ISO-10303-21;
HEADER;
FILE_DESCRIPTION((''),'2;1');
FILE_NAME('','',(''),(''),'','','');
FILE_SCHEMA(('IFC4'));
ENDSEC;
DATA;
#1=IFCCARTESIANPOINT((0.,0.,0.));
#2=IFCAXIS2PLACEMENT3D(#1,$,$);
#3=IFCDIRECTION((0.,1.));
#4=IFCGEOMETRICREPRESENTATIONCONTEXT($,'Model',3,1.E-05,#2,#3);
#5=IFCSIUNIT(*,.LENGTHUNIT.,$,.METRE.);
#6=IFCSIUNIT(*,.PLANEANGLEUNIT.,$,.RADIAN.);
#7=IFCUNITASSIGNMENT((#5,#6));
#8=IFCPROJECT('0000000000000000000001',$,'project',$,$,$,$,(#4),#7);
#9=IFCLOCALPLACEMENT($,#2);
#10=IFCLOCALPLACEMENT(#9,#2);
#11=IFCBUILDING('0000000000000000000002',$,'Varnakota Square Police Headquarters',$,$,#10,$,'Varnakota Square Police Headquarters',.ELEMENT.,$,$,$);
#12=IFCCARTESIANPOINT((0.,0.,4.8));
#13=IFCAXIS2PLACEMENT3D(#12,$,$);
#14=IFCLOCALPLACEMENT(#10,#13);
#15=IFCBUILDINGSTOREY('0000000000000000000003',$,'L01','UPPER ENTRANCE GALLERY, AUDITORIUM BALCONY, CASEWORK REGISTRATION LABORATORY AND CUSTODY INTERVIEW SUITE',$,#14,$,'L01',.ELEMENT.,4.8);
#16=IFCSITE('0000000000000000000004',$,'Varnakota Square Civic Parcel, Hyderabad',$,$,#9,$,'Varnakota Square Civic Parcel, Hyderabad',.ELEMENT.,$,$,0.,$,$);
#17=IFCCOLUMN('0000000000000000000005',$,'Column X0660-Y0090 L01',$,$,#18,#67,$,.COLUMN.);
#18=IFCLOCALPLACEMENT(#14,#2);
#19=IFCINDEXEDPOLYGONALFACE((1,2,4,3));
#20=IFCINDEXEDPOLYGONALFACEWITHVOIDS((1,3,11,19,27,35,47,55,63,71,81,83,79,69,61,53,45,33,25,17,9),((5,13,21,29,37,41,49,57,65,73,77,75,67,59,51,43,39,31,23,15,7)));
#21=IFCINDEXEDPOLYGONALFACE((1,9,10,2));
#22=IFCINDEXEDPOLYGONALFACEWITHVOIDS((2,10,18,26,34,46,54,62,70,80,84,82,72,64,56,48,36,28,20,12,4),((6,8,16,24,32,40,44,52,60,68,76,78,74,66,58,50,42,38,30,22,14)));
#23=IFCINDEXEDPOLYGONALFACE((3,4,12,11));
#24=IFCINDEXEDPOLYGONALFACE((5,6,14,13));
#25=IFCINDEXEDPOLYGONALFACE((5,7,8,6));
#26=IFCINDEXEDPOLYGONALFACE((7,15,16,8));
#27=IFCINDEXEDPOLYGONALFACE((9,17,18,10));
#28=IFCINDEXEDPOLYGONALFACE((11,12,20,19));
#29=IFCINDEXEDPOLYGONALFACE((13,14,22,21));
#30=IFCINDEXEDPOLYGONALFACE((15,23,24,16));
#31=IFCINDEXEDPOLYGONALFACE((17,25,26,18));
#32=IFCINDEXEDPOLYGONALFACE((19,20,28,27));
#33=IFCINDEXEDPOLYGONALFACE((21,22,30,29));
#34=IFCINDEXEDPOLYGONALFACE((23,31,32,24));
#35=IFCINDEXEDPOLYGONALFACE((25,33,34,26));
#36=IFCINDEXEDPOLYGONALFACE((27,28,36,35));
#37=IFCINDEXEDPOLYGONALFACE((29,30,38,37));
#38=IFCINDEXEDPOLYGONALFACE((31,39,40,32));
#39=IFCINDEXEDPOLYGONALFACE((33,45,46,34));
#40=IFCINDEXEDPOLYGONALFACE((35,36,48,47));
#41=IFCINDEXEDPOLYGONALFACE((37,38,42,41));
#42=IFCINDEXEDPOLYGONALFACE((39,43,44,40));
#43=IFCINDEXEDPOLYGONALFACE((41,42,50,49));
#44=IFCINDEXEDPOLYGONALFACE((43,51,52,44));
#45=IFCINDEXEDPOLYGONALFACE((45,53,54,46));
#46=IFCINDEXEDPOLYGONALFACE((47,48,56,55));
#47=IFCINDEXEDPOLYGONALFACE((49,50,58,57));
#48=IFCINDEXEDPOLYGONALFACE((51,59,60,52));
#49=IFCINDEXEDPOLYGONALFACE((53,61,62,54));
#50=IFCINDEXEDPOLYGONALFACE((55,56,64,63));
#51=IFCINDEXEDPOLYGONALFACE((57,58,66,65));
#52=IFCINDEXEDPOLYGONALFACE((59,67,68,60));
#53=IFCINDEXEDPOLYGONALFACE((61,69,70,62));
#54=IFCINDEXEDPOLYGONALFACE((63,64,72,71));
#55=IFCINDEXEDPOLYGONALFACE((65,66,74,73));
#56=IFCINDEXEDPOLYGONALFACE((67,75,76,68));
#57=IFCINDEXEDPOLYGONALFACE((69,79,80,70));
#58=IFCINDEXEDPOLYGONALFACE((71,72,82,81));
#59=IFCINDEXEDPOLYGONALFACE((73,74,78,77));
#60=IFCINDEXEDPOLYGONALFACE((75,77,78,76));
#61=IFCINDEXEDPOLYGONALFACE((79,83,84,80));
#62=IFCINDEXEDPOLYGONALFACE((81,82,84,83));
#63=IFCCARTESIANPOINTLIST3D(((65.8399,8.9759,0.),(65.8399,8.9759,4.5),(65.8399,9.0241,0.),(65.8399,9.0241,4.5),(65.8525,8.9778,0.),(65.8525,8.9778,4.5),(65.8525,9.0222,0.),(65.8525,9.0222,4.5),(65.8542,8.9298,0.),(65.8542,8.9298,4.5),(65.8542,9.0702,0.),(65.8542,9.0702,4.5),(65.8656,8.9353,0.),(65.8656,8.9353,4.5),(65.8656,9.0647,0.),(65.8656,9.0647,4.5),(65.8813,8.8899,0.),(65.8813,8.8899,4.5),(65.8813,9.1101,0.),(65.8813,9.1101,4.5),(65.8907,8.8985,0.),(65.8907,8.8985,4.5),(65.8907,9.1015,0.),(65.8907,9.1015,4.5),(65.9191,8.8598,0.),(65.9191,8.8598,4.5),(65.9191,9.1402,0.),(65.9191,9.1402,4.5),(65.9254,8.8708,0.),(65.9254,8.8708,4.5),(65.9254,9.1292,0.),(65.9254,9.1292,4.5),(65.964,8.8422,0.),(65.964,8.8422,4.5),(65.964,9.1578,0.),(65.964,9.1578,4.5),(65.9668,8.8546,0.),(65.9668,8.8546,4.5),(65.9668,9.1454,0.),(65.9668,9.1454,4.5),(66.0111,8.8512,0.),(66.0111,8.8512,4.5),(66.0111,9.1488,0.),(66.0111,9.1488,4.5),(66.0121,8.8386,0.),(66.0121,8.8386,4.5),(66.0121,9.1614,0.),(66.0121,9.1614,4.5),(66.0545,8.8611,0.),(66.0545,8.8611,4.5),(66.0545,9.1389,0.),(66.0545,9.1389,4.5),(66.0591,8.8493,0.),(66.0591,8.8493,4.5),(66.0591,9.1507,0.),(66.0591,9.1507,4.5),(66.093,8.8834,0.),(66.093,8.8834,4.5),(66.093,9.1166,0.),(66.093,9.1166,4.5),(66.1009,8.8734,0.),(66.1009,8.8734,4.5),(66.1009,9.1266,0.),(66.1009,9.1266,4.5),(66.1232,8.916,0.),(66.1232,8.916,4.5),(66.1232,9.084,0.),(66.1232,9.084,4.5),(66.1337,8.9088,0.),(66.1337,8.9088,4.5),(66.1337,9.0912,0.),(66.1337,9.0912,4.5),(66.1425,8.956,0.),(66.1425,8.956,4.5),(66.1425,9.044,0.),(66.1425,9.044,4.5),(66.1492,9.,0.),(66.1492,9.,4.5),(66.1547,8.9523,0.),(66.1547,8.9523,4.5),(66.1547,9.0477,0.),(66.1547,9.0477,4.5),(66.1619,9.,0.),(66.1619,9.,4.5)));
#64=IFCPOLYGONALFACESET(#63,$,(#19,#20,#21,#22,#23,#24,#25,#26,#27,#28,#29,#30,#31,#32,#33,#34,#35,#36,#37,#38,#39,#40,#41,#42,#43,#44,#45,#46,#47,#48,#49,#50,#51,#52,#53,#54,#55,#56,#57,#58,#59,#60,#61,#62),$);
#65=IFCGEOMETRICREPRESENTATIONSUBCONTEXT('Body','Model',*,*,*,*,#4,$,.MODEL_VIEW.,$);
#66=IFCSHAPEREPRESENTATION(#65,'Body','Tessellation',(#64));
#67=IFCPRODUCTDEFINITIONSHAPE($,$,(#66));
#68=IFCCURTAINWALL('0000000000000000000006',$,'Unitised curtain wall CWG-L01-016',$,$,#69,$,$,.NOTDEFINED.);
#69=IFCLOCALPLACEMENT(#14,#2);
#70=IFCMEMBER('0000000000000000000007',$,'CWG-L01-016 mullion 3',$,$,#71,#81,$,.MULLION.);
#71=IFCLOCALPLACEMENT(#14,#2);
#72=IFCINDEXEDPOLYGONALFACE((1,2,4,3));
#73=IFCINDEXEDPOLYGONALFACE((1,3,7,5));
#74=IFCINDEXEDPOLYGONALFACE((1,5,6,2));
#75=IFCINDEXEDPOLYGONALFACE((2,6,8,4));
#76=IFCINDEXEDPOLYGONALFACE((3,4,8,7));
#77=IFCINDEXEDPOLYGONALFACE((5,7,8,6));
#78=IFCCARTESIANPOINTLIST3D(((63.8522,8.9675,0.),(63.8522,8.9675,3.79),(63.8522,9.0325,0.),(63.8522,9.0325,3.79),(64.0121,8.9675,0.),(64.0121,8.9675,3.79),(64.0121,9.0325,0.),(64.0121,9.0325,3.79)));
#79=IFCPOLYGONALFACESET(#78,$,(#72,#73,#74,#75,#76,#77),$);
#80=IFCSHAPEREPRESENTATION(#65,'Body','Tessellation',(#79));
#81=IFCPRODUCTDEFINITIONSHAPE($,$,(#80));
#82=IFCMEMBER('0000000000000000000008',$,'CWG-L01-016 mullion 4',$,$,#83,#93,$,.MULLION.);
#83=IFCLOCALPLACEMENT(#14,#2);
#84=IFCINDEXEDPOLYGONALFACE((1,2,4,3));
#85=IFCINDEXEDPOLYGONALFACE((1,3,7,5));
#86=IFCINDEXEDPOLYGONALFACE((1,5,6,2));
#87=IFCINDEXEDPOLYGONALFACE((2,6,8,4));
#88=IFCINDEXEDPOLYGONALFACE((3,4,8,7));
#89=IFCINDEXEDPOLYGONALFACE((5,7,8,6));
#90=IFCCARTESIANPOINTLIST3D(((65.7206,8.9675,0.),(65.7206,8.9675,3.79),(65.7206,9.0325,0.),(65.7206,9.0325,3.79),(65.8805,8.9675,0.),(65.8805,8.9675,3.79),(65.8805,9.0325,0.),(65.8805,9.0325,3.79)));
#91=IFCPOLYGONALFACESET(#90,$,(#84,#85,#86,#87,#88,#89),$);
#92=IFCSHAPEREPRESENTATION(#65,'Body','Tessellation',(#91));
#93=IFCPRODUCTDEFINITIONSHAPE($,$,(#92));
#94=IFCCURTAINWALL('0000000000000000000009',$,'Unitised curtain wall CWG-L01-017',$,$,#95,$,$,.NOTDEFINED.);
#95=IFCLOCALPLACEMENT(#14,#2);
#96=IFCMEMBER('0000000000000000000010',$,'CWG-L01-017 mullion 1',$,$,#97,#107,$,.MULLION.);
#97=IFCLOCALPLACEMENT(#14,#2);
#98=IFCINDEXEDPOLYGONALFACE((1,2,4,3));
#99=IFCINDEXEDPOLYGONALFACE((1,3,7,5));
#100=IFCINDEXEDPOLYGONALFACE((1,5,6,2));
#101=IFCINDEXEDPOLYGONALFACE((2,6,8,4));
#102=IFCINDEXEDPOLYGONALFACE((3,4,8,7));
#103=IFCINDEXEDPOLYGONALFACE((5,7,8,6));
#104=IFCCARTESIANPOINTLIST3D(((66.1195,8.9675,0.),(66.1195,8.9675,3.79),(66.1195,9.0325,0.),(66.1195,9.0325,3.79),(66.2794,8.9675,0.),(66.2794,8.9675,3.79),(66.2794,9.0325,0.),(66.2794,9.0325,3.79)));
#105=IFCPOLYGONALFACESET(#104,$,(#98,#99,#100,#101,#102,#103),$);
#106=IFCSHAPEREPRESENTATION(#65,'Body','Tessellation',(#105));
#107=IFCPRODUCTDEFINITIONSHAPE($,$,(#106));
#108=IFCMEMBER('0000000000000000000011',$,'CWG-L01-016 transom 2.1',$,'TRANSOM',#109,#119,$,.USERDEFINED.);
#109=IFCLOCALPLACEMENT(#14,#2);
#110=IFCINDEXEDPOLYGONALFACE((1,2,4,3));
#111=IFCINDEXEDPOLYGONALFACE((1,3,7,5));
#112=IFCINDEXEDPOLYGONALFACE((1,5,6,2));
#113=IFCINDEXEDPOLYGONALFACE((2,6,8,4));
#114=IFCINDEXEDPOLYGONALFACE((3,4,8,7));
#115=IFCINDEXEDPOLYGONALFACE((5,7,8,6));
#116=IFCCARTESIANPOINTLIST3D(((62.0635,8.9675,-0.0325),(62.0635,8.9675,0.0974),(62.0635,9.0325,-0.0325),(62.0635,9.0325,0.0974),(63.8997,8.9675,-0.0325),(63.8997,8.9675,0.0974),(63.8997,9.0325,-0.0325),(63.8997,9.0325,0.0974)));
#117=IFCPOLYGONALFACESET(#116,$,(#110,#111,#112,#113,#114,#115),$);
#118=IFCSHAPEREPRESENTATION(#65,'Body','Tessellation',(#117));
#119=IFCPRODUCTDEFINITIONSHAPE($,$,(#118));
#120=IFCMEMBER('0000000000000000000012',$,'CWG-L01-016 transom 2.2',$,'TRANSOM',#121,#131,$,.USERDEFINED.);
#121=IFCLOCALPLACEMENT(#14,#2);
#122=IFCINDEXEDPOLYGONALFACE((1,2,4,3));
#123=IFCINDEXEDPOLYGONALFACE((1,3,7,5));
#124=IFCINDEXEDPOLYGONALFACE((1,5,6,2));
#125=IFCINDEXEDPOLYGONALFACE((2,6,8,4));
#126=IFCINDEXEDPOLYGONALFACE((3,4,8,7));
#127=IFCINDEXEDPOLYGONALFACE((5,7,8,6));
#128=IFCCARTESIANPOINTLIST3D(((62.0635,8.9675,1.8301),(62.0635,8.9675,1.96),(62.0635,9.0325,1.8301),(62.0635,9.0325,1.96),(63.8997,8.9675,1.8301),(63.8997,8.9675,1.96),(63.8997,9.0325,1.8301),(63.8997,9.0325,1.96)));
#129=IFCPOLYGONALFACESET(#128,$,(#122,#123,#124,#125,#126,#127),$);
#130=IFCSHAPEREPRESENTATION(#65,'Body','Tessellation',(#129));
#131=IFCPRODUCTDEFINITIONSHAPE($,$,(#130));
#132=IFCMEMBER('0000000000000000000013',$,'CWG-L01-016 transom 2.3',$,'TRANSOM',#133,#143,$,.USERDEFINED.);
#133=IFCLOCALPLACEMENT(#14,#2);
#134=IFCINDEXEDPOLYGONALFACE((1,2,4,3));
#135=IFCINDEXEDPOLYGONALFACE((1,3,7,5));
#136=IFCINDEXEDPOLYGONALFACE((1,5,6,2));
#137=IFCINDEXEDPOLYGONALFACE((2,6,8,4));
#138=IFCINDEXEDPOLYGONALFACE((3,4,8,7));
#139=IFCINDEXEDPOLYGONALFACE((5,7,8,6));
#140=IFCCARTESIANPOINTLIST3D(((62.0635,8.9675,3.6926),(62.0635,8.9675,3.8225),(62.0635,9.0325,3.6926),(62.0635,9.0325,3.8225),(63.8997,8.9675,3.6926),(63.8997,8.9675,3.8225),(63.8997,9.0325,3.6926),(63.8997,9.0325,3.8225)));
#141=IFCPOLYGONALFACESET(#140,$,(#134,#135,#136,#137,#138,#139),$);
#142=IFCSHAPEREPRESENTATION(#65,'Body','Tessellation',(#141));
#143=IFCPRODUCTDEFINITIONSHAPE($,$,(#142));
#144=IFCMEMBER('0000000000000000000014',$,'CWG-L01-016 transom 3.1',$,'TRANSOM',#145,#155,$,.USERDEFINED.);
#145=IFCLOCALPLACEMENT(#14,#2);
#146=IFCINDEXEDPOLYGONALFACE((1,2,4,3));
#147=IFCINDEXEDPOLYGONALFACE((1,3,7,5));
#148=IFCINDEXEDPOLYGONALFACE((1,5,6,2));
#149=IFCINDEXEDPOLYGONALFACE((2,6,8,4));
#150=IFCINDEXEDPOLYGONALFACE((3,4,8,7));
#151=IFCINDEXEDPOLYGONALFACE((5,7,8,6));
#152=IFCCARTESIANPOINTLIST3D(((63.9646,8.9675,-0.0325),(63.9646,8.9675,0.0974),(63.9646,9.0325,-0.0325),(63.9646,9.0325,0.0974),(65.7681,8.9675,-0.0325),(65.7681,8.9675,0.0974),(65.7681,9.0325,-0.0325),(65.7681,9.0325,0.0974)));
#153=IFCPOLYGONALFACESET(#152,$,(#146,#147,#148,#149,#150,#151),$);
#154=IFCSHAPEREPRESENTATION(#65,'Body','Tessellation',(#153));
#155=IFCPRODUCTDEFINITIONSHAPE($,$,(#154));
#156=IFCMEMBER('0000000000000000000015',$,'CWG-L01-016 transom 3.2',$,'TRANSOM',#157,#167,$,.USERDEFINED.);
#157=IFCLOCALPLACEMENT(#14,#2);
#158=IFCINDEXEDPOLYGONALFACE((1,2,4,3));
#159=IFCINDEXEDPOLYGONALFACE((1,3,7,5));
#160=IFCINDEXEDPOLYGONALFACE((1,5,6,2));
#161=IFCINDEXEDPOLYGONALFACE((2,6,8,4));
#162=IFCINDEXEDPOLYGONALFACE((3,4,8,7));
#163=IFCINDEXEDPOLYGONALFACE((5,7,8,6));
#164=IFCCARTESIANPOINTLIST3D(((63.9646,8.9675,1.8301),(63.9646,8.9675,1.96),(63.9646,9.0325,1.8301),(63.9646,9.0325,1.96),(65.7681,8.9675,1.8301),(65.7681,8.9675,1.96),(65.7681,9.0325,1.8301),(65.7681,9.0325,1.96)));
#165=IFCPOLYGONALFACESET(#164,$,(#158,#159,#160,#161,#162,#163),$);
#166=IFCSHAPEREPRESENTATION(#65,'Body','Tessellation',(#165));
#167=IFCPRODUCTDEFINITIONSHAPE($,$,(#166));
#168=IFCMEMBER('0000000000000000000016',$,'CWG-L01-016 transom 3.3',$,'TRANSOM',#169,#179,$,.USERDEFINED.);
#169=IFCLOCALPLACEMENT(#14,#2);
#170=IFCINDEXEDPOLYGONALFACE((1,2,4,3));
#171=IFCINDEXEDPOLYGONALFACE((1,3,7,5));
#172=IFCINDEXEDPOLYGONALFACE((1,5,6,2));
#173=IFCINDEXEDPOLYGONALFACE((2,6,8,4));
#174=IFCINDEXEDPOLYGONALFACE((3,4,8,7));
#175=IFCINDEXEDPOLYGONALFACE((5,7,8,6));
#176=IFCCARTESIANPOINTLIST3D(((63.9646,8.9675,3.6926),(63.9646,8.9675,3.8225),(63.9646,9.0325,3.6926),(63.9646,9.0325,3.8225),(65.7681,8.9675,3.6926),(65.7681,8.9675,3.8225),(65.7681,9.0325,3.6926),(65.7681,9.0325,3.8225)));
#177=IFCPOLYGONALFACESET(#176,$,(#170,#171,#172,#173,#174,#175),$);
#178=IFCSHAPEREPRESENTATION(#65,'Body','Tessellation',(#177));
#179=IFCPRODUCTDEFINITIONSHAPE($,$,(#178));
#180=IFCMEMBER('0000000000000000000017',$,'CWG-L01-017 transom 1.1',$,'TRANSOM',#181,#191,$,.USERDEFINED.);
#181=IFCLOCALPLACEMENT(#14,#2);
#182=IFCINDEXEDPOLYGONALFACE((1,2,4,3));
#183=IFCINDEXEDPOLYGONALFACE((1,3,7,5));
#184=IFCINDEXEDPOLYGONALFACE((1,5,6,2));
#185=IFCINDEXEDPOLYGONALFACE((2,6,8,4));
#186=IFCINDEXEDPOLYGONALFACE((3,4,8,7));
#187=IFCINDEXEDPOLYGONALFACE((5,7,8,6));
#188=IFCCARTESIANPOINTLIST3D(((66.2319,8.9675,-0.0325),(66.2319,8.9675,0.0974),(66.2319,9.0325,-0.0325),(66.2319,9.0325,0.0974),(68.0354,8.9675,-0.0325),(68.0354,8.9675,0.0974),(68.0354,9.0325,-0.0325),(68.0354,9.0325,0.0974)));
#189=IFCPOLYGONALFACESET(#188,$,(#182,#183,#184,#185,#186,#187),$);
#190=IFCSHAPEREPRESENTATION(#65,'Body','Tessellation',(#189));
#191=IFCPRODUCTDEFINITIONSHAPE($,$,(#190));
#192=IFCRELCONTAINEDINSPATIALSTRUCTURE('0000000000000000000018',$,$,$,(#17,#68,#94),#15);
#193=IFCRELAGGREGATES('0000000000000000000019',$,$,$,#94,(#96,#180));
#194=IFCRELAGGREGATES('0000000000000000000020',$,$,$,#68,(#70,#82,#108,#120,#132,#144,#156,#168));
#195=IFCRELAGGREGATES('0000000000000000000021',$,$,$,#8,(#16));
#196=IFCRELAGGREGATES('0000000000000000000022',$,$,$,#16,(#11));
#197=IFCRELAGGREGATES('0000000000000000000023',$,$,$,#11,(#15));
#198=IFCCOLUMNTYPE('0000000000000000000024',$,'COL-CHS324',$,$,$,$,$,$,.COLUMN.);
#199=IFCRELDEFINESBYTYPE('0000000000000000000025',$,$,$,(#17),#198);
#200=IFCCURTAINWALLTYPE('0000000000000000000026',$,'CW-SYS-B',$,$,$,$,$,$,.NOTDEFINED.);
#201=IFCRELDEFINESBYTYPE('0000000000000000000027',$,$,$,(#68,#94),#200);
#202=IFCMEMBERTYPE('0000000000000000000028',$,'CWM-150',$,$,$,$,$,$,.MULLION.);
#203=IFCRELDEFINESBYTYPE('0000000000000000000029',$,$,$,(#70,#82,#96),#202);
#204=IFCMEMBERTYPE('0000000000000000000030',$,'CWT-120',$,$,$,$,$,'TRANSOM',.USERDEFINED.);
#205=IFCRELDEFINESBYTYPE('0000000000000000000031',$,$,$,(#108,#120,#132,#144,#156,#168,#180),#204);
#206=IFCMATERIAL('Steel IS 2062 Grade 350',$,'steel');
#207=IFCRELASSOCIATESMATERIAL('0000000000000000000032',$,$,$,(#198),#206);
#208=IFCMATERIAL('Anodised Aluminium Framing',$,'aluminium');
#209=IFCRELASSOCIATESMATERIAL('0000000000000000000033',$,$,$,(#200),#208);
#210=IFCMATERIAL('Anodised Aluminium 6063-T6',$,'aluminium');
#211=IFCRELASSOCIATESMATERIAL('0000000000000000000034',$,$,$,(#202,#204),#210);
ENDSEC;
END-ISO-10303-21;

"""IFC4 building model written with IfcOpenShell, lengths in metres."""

from ifc_helpers import new_model, si_unit, direction, frame, origin, origin_2d, place, context, subcontext, project, spatial, rectangle, hollow_circle, extrude, material, material_profile, profile_set, type_object, element, aggregate, save


model = new_model("IFC4")

# Units and contexts
model_context = context("Model", 3, precision=1e-05, world=origin(), true_north=direction((0.0, 1.0)))
body_context = subcontext(model_context, "Body", "Model", "MODEL_VIEW")
ifc_project = project(units=[si_unit("LENGTHUNIT", "METRE"), si_unit("PLANEANGLEUNIT", "RADIAN")], contexts=[model_context])

# Site, building, storey
site_placement = place(None, origin())
site = spatial("IfcSite", under=ifc_project, at=site_placement, Name="Varnakota Square Civic Parcel, Hyderabad", LongName="Varnakota Square Civic Parcel, Hyderabad", CompositionType="ELEMENT", RefElevation=0.0)
building_placement = place(site_placement, origin())
building = spatial("IfcBuilding", under=site, at=building_placement, Name="Varnakota Square Police Headquarters", LongName="Varnakota Square Police Headquarters", CompositionType="ELEMENT")
storey_placement = place(building_placement, frame((0.0, 0.0, 4.8)))
storey = spatial("IfcBuildingStorey", under=building, at=storey_placement, Name="L01", Description="UPPER ENTRANCE GALLERY, AUDITORIUM BALCONY, CASEWORK REGISTRATION LABORATORY AND CUSTODY INTERVIEW SUITE", LongName="L01", CompositionType="ELEMENT", Elevation=4.8)

# Column
ifc_material_1 = material(Name="Steel IS 2062 Grade 350", Category="steel")
ifc_material_profile_1 = material_profile(ifc_material_1, hollow_circle(Radius=0.1619, WallThickness=0.0127, at=origin_2d()), Name="CHS 323.9x12.7")
ifc_profile_set_1 = profile_set([ifc_material_profile_1], Name="Steel IS 2062 Grade 350")
column_type = type_object("IfcColumnType", Name="COL-CHS324", PredefinedType="COLUMN", material=ifc_profile_set_1)
column_placement = place(storey_placement, frame((66.0, 9.0, 0.0), z_axis=(0.0, 0.0, 1.0), x_axis=(1.0, 0.0, 0.0)))
element("IfcColumn", 1, at=column_placement, inside=storey, type_object=column_type, Name="Column X0660-Y0090 L01", PredefinedType="COLUMN", context=body_context, shape_type="SweptSolid", body=[
    extrude(hollow_circle(Radius=0.1619, WallThickness=0.0127, at=origin_2d()), origin(), (0.0, 0.0, 1.0), 4.5),
])

# Curtain wall, members
ifc_material_2 = material(Name="Anodised Aluminium Framing", Category="aluminium")
curtain_wall_type = type_object("IfcCurtainWallType", Name="CW-SYS-B", PredefinedType="NOTDEFINED", material=ifc_material_2)
curtain_wall_1_placement = place(storey_placement, origin())
curtain_wall_1 = element("IfcCurtainWall", 2, at=curtain_wall_1_placement, inside=storey, type_object=curtain_wall_type, Name="Unitised curtain wall CWG-L01-016", PredefinedType="NOTDEFINED")
ifc_material_3 = material(Name="Anodised Aluminium 6063-T6", Category="aluminium")
ifc_material_profile_2 = material_profile(ifc_material_3, rectangle(XDim=0.0649, YDim=0.1599, at=origin_2d()), Name="ALU MULLION 65x160")
ifc_profile_set_2 = profile_set([ifc_material_profile_2], Name="Anodised Aluminium 6063-T6")
member_type_1 = type_object("IfcMemberType", Name="CWM-150", PredefinedType="MULLION", material=ifc_profile_set_2)
member_1_placement = place(storey_placement, frame((63.9321, 9.0, 0.0), z_axis=(0.0, 0.0, 1.0), x_axis=(0.0, 1.0, 0.0)))
member_1 = element("IfcMember", 3, at=member_1_placement, type_object=member_type_1, Name="CWG-L01-016 mullion 3", PredefinedType="MULLION", context=body_context, shape_type="SweptSolid", body=[
    extrude(rectangle(XDim=0.0649, YDim=0.1599, at=origin_2d()), origin(), (0.0, 0.0, 1.0), 3.79),
])
member_2_placement = place(storey_placement, frame((65.8005, 9.0, 0.0), z_axis=(0.0, 0.0, 1.0), x_axis=(0.0, 1.0, 0.0)))
member_2 = element("IfcMember", 4, at=member_2_placement, type_object=member_type_1, Name="CWG-L01-016 mullion 4", PredefinedType="MULLION", context=body_context, shape_type="SweptSolid", body=[
    extrude(rectangle(XDim=0.0649, YDim=0.1599, at=origin_2d()), origin(), (0.0, 0.0, 1.0), 3.79),
])

# Curtain wall, member
curtain_wall_2_placement = place(storey_placement, origin())
curtain_wall_2 = element("IfcCurtainWall", 5, at=curtain_wall_2_placement, inside=storey, type_object=curtain_wall_type, Name="Unitised curtain wall CWG-L01-017", PredefinedType="NOTDEFINED")
member_3_placement = place(storey_placement, frame((66.1995, 9.0, 0.0), z_axis=(0.0, 0.0, 1.0), x_axis=(0.0, 1.0, 0.0)))
member_3 = element("IfcMember", 6, at=member_3_placement, type_object=member_type_1, Name="CWG-L01-017 mullion 1", PredefinedType="MULLION", context=body_context, shape_type="SweptSolid", body=[
    extrude(rectangle(XDim=0.0649, YDim=0.1599, at=origin_2d()), origin(), (0.0, 0.0, 1.0), 3.79),
])

# Members
ifc_material_profile_3 = material_profile(ifc_material_3, rectangle(XDim=0.0649, YDim=0.1299, at=origin_2d()), Name="ALU TRANSOM 65x130")
ifc_profile_set_3 = profile_set([ifc_material_profile_3], Name="Anodised Aluminium 6063-T6")
member_type_2 = type_object("IfcMemberType", Name="CWT-120", ElementType="TRANSOM", PredefinedType="USERDEFINED", material=ifc_profile_set_3)
member_4_placement = place(storey_placement, frame((62.0635, 9.0, 0.0325), z_axis=(1.0, 0.0, 0.0), x_axis=(0.0, 1.0, 0.0)))
member_4 = element("IfcMember", 7, at=member_4_placement, type_object=member_type_2, Name="CWG-L01-016 transom 2.1", ObjectType="TRANSOM", PredefinedType="USERDEFINED", context=body_context, shape_type="SweptSolid", body=[
    extrude(rectangle(XDim=0.0649, YDim=0.1299, at=origin_2d()), origin(), (0.0, 0.0, 1.0), 1.8362),
])
member_5_placement = place(storey_placement, frame((62.0635, 9.0, 1.895), z_axis=(1.0, 0.0, 0.0), x_axis=(0.0, 1.0, 0.0)))
member_5 = element("IfcMember", 8, at=member_5_placement, type_object=member_type_2, Name="CWG-L01-016 transom 2.2", ObjectType="TRANSOM", PredefinedType="USERDEFINED", context=body_context, shape_type="SweptSolid", body=[
    extrude(rectangle(XDim=0.0649, YDim=0.1299, at=origin_2d()), origin(), (0.0, 0.0, 1.0), 1.8362),
])
member_6_placement = place(storey_placement, frame((62.0635, 9.0, 3.7576), z_axis=(1.0, 0.0, 0.0), x_axis=(0.0, 1.0, 0.0)))
member_6 = element("IfcMember", 9, at=member_6_placement, type_object=member_type_2, Name="CWG-L01-016 transom 2.3", ObjectType="TRANSOM", PredefinedType="USERDEFINED", context=body_context, shape_type="SweptSolid", body=[
    extrude(rectangle(XDim=0.0649, YDim=0.1299, at=origin_2d()), origin(), (0.0, 0.0, 1.0), 1.8362),
])
member_7_placement = place(storey_placement, frame((63.9646, 9.0, 0.0325), z_axis=(1.0, 0.0, 0.0), x_axis=(0.0, 1.0, 0.0)))
member_7 = element("IfcMember", 10, at=member_7_placement, type_object=member_type_2, Name="CWG-L01-016 transom 3.1", ObjectType="TRANSOM", PredefinedType="USERDEFINED", context=body_context, shape_type="SweptSolid", body=[
    extrude(rectangle(XDim=0.0649, YDim=0.1299, at=origin_2d()), origin(), (0.0, 0.0, 1.0), 1.8035),
])
member_8_placement = place(storey_placement, frame((63.9646, 9.0, 1.895), z_axis=(1.0, 0.0, 0.0), x_axis=(0.0, 1.0, 0.0)))
member_8 = element("IfcMember", 11, at=member_8_placement, type_object=member_type_2, Name="CWG-L01-016 transom 3.2", ObjectType="TRANSOM", PredefinedType="USERDEFINED", context=body_context, shape_type="SweptSolid", body=[
    extrude(rectangle(XDim=0.0649, YDim=0.1299, at=origin_2d()), origin(), (0.0, 0.0, 1.0), 1.8035),
])
member_9_placement = place(storey_placement, frame((63.9646, 9.0, 3.7576), z_axis=(1.0, 0.0, 0.0), x_axis=(0.0, 1.0, 0.0)))
member_9 = element("IfcMember", 12, at=member_9_placement, type_object=member_type_2, Name="CWG-L01-016 transom 3.3", ObjectType="TRANSOM", PredefinedType="USERDEFINED", context=body_context, shape_type="SweptSolid", body=[
    extrude(rectangle(XDim=0.0649, YDim=0.1299, at=origin_2d()), origin(), (0.0, 0.0, 1.0), 1.8035),
])
member_10_placement = place(storey_placement, frame((66.2319, 9.0, 0.0325), z_axis=(1.0, 0.0, 0.0), x_axis=(0.0, 1.0, 0.0)))
member_10 = element("IfcMember", 13, at=member_10_placement, type_object=member_type_2, Name="CWG-L01-017 transom 1.1", ObjectType="TRANSOM", PredefinedType="USERDEFINED", context=body_context, shape_type="SweptSolid", body=[
    extrude(rectangle(XDim=0.0649, YDim=0.1299, at=origin_2d()), origin(), (0.0, 0.0, 1.0), 1.8035),
])

aggregate(curtain_wall_2, [member_3, member_10])
aggregate(curtain_wall_1, [member_1, member_2, member_4, member_5, member_6, member_7, member_8, member_9])

save(model, "model.ifc")
